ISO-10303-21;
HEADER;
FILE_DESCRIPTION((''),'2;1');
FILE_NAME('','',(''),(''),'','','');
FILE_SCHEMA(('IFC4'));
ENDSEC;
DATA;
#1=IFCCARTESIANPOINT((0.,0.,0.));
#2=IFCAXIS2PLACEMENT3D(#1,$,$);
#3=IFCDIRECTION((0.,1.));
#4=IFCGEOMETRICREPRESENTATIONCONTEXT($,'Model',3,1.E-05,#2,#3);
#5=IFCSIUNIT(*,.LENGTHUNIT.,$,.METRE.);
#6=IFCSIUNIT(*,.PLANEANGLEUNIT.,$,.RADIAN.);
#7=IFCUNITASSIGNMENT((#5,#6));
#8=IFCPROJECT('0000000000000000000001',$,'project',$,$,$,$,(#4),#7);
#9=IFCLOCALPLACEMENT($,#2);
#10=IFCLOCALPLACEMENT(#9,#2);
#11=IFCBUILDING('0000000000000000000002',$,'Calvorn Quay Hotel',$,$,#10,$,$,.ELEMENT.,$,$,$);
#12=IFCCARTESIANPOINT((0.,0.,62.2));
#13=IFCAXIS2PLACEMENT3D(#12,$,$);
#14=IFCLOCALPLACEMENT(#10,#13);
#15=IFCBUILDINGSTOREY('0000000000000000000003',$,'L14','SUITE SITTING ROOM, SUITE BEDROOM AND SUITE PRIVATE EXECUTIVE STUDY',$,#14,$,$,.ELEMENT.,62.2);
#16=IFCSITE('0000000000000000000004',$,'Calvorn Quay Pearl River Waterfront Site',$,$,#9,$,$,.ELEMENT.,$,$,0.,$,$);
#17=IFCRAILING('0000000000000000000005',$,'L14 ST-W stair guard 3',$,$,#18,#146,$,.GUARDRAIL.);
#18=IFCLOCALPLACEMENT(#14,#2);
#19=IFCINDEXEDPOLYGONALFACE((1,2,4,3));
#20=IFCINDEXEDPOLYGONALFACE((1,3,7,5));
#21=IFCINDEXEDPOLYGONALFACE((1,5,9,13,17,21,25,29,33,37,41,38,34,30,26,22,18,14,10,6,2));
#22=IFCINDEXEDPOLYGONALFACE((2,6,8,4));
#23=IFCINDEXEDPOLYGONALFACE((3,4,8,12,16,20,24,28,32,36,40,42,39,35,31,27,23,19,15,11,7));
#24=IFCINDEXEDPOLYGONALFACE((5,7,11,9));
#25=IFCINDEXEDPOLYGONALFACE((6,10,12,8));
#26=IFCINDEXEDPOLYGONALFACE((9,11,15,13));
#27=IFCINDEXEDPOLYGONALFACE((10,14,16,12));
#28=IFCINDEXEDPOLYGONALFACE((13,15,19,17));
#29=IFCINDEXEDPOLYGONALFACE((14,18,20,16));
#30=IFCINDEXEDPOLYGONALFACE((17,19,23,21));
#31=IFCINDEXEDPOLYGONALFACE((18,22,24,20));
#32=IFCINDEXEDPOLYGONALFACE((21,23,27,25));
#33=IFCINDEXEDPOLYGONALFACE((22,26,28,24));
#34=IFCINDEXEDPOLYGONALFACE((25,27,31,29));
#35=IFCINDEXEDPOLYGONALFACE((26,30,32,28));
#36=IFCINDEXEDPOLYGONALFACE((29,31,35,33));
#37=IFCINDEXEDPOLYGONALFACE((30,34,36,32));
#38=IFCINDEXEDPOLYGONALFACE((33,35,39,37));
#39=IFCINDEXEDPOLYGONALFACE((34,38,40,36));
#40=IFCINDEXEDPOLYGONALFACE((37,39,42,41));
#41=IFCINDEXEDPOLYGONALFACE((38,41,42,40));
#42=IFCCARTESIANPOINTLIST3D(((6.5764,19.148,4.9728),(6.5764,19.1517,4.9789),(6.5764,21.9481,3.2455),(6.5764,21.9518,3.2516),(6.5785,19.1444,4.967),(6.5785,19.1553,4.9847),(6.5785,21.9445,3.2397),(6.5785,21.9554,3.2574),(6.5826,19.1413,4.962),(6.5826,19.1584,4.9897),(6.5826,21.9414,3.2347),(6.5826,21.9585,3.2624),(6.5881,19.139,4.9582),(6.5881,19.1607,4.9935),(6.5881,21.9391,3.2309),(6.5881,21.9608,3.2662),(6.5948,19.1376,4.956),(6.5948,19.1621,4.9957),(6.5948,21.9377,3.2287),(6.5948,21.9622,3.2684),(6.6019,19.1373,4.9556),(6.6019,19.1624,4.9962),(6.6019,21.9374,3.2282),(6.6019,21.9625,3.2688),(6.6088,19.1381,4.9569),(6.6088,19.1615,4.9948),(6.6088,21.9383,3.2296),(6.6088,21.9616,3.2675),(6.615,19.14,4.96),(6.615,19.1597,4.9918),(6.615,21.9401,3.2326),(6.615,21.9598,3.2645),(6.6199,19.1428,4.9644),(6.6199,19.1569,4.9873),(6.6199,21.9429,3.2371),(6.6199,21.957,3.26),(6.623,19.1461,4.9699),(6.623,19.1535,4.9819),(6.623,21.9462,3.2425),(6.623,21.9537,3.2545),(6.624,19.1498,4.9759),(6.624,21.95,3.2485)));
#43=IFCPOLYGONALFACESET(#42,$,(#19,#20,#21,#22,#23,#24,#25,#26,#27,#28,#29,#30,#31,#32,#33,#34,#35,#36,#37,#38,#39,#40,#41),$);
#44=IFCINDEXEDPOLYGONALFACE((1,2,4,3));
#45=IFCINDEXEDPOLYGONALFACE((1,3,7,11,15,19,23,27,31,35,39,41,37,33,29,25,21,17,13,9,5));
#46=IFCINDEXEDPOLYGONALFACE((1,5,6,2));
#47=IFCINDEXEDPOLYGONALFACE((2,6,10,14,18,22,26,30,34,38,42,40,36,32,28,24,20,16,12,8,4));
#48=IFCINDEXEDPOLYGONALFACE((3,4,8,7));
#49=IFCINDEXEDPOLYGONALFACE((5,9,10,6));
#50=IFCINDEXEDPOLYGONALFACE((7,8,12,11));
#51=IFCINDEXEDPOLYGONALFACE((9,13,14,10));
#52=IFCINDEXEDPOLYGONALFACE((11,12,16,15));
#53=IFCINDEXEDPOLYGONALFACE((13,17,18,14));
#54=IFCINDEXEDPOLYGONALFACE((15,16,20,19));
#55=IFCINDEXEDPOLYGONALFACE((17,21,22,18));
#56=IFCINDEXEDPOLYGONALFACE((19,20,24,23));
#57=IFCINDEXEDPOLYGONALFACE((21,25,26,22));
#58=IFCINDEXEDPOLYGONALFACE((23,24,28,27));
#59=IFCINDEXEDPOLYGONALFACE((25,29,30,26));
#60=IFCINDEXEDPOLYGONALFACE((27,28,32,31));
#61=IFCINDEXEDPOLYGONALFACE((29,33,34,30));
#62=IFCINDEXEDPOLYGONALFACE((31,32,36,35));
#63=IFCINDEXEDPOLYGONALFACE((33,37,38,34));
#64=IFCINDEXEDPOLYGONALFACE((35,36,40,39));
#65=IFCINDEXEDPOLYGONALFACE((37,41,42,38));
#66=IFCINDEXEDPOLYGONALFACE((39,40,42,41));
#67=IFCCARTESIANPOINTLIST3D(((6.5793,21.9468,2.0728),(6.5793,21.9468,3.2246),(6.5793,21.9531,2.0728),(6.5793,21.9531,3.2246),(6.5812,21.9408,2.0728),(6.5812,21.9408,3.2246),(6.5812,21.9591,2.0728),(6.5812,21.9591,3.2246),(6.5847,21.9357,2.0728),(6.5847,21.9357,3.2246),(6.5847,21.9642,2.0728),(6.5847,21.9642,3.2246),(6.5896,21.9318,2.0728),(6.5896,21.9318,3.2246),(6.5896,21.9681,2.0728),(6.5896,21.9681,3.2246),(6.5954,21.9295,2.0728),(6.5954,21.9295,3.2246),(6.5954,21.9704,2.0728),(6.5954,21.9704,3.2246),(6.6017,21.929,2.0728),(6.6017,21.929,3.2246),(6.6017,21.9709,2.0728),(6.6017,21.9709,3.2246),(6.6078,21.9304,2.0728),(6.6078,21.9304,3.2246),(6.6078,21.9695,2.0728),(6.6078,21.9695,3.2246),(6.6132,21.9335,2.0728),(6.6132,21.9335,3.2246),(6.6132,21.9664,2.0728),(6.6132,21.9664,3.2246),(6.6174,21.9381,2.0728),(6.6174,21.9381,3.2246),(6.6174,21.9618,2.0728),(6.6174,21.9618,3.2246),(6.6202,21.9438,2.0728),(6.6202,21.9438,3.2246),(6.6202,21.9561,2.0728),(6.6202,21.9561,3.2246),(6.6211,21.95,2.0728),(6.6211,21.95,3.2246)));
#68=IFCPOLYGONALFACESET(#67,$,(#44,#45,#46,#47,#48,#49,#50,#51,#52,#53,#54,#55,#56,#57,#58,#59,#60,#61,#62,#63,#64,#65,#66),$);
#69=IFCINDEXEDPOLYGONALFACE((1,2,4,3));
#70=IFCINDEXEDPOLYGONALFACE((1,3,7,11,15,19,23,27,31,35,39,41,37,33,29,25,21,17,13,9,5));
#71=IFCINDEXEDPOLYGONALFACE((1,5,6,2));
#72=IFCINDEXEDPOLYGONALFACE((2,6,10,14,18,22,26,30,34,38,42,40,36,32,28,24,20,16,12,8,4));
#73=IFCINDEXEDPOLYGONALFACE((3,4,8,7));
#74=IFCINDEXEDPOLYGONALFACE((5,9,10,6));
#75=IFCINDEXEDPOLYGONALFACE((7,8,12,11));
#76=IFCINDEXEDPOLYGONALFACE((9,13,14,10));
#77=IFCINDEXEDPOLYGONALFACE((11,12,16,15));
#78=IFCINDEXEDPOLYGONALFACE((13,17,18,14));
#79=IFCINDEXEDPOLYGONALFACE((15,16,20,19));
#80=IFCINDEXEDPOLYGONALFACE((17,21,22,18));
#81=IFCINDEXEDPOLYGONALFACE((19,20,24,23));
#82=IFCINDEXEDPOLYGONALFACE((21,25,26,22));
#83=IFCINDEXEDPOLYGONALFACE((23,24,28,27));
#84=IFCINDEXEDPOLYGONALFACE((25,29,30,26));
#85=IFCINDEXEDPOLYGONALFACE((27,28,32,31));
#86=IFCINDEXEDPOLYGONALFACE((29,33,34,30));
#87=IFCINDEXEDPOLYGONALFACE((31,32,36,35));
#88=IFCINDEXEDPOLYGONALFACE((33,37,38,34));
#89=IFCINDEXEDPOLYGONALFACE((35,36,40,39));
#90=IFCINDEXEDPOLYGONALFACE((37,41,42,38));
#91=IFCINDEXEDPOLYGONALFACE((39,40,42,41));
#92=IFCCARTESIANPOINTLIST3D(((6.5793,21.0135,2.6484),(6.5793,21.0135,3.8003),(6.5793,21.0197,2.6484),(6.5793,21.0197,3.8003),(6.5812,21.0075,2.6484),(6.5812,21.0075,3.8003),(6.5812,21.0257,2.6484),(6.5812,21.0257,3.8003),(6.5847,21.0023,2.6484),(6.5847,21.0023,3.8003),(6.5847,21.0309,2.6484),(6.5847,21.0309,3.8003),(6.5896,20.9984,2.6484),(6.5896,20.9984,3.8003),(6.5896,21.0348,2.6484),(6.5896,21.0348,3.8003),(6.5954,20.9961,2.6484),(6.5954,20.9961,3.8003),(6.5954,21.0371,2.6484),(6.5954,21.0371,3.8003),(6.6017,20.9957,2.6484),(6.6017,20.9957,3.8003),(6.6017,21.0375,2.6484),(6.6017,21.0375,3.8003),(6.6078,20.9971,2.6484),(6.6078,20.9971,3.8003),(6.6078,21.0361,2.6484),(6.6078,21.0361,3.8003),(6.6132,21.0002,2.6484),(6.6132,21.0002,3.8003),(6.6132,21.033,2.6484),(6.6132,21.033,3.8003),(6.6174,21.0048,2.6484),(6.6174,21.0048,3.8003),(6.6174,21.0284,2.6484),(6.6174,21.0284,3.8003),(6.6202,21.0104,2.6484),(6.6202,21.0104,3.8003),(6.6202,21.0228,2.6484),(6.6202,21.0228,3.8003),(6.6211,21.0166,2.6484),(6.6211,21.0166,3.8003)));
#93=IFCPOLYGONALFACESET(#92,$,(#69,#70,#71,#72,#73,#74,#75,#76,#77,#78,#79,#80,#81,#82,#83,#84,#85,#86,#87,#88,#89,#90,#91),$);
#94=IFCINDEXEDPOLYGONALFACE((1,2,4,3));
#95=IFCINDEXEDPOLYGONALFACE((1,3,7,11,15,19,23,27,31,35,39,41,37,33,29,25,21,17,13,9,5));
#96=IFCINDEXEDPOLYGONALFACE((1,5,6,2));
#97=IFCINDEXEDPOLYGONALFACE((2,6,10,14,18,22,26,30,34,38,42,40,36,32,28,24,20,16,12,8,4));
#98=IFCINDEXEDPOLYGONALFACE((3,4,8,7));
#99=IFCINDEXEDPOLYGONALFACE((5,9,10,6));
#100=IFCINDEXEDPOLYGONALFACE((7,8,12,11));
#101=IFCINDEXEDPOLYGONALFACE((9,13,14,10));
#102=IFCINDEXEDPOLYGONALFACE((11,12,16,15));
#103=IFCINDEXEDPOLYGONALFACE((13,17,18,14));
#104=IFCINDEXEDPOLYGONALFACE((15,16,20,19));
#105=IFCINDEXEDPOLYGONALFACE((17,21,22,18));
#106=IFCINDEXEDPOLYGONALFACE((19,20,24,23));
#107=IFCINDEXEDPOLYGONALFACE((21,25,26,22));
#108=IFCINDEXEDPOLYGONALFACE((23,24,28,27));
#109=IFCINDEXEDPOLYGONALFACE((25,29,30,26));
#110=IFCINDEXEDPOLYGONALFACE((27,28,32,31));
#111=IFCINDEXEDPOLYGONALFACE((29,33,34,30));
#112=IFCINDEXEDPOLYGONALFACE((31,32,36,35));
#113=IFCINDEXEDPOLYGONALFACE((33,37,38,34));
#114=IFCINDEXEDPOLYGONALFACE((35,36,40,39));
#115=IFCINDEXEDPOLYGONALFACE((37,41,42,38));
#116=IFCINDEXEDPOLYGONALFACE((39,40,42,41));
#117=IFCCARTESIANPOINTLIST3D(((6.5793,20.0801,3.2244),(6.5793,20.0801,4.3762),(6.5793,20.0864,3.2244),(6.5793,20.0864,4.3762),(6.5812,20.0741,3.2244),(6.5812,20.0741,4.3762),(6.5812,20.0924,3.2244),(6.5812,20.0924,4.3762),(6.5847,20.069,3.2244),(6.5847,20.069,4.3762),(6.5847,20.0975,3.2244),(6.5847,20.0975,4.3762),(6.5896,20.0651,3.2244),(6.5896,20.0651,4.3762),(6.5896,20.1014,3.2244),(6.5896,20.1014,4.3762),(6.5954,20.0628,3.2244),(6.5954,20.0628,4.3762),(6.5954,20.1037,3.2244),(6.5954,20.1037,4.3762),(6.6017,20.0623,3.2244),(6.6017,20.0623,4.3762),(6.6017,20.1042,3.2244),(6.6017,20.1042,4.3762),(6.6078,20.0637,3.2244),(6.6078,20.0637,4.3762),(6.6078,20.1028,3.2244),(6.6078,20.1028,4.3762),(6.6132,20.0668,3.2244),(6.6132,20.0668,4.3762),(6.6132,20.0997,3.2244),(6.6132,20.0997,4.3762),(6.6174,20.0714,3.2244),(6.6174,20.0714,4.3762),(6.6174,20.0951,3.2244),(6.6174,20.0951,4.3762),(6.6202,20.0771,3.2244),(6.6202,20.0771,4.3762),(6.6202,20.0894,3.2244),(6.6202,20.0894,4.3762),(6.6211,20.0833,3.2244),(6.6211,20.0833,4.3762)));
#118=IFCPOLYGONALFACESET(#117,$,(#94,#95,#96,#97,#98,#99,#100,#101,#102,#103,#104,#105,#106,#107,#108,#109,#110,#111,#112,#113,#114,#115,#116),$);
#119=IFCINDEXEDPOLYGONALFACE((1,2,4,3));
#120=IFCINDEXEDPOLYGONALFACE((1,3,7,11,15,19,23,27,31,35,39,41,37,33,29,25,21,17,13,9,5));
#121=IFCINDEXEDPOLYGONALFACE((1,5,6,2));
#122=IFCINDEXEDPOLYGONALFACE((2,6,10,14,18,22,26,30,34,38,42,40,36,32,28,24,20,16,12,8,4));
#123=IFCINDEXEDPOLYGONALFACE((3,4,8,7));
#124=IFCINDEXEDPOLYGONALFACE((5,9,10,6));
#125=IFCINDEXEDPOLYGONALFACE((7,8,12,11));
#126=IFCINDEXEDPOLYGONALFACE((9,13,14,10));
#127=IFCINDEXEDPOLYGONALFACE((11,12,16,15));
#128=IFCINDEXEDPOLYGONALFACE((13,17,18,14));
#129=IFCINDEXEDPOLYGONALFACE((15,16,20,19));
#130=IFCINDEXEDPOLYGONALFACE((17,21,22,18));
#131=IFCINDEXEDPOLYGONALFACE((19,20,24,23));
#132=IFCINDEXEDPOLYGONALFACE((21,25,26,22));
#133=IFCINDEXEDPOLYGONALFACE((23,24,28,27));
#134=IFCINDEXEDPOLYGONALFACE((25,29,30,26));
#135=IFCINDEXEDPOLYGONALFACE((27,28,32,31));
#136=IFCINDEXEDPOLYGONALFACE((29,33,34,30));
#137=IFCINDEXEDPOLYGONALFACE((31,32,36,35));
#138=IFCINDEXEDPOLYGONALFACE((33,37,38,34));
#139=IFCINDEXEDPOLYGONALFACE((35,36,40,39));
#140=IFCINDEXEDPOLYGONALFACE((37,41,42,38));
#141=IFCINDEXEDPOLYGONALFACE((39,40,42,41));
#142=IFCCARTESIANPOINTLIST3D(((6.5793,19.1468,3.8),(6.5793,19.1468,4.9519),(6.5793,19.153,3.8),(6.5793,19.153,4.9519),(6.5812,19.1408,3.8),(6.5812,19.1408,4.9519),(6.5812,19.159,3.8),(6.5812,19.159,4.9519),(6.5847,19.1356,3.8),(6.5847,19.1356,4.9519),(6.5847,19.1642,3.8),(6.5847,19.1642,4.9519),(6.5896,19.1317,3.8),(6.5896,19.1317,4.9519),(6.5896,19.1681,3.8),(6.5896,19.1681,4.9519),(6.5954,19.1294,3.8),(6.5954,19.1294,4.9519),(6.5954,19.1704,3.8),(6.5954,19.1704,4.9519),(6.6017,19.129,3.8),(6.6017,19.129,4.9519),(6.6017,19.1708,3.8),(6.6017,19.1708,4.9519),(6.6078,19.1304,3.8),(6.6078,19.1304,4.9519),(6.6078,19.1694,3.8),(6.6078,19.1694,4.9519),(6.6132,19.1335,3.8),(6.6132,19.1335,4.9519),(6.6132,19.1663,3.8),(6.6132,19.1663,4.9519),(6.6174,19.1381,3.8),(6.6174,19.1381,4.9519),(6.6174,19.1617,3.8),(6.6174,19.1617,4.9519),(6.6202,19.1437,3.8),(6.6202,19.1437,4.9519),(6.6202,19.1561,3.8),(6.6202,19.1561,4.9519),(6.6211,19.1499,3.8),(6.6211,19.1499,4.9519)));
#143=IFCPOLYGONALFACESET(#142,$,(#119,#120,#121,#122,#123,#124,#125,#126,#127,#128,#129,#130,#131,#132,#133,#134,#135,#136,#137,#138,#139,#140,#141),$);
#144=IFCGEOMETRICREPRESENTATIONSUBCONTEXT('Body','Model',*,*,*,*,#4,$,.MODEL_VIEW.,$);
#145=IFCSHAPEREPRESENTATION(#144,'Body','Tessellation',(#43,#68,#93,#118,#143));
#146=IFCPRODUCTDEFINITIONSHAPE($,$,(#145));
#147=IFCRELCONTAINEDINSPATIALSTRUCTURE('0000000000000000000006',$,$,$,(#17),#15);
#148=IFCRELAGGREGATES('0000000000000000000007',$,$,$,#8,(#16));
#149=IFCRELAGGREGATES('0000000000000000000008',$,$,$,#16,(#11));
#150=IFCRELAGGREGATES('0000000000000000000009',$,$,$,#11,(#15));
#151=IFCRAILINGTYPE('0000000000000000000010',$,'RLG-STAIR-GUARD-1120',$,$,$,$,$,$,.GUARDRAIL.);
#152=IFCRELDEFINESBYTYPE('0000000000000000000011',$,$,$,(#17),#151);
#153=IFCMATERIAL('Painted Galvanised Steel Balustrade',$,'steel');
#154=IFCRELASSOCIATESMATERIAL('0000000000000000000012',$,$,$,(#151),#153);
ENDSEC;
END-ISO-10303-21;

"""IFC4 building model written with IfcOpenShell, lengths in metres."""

from ifc_helpers import new_model, si_unit, direction, frame, origin, origin_2d, place, context, subcontext, project, spatial, circle, extrude, material, type_object, element, save


model = new_model("IFC4")

# Units and contexts
model_context = context("Model", 3, precision=1e-05, world=origin(), true_north=direction((0.0, 1.0)))
body_context = subcontext(model_context, "Body", "Model", "MODEL_VIEW")
ifc_project = project(units=[si_unit("LENGTHUNIT", "METRE"), si_unit("PLANEANGLEUNIT", "RADIAN")], contexts=[model_context])

# Site, building, storey
site_placement = place(None, origin())
site = spatial("IfcSite", under=ifc_project, at=site_placement, Name="Calvorn Quay Pearl River Waterfront Site", CompositionType="ELEMENT", RefElevation=0.0)
building_placement = place(site_placement, origin())
building = spatial("IfcBuilding", under=site, at=building_placement, Name="Calvorn Quay Hotel", CompositionType="ELEMENT")
storey_placement = place(building_placement, frame((0.0, 0.0, 62.2)))
storey = spatial("IfcBuildingStorey", under=building, at=storey_placement, Name="L14", Description="SUITE SITTING ROOM, SUITE BEDROOM AND SUITE PRIVATE EXECUTIVE STUDY", CompositionType="ELEMENT", Elevation=62.2)

# Railing
ifc_material_1 = material(Name="Painted Galvanised Steel Balustrade", Category="steel")
railing_type_1 = type_object("IfcRailingType", Name="RLG-STAIR-GUARD-1120", PredefinedType="GUARDRAIL", material=ifc_material_1)
railing_1_placement = place(storey_placement, frame((6.6001, 21.95, 2.0728)))
element("IfcRailing", 1, at=railing_1_placement, inside=storey, type_object=railing_type_1, Name="L14 ST-W stair guard 3", PredefinedType="GUARDRAIL", context=body_context, shape_type="SweptSolid", body=[
    extrude(circle(Radius=0.0239, at=origin_2d()), frame((0.0, 0.0, 1.1758), z_axis=(0.0, -0.85109, 0.52502), x_axis=(1.0, 0.0, 0.0)), (0.0, 0.0, 1.0), 3.29),
    extrude(circle(Radius=0.021, at=origin_2d()), origin(), (0.0, 0.0, 1.0), 1.1519),
    extrude(circle(Radius=0.021, at=origin_2d()), frame((0.0, -0.9333, 0.5757)), (0.0, 0.0, 1.0), 1.1519),
    extrude(circle(Radius=0.021, at=origin_2d()), frame((0.0, -1.8667, 1.1516)), (0.0, 0.0, 1.0), 1.1519),
    extrude(circle(Radius=0.021, at=origin_2d()), frame((0.0, -2.8, 1.7273)), (0.0, 0.0, 1.0), 1.1519),
])

save(model, "model.ifc")
